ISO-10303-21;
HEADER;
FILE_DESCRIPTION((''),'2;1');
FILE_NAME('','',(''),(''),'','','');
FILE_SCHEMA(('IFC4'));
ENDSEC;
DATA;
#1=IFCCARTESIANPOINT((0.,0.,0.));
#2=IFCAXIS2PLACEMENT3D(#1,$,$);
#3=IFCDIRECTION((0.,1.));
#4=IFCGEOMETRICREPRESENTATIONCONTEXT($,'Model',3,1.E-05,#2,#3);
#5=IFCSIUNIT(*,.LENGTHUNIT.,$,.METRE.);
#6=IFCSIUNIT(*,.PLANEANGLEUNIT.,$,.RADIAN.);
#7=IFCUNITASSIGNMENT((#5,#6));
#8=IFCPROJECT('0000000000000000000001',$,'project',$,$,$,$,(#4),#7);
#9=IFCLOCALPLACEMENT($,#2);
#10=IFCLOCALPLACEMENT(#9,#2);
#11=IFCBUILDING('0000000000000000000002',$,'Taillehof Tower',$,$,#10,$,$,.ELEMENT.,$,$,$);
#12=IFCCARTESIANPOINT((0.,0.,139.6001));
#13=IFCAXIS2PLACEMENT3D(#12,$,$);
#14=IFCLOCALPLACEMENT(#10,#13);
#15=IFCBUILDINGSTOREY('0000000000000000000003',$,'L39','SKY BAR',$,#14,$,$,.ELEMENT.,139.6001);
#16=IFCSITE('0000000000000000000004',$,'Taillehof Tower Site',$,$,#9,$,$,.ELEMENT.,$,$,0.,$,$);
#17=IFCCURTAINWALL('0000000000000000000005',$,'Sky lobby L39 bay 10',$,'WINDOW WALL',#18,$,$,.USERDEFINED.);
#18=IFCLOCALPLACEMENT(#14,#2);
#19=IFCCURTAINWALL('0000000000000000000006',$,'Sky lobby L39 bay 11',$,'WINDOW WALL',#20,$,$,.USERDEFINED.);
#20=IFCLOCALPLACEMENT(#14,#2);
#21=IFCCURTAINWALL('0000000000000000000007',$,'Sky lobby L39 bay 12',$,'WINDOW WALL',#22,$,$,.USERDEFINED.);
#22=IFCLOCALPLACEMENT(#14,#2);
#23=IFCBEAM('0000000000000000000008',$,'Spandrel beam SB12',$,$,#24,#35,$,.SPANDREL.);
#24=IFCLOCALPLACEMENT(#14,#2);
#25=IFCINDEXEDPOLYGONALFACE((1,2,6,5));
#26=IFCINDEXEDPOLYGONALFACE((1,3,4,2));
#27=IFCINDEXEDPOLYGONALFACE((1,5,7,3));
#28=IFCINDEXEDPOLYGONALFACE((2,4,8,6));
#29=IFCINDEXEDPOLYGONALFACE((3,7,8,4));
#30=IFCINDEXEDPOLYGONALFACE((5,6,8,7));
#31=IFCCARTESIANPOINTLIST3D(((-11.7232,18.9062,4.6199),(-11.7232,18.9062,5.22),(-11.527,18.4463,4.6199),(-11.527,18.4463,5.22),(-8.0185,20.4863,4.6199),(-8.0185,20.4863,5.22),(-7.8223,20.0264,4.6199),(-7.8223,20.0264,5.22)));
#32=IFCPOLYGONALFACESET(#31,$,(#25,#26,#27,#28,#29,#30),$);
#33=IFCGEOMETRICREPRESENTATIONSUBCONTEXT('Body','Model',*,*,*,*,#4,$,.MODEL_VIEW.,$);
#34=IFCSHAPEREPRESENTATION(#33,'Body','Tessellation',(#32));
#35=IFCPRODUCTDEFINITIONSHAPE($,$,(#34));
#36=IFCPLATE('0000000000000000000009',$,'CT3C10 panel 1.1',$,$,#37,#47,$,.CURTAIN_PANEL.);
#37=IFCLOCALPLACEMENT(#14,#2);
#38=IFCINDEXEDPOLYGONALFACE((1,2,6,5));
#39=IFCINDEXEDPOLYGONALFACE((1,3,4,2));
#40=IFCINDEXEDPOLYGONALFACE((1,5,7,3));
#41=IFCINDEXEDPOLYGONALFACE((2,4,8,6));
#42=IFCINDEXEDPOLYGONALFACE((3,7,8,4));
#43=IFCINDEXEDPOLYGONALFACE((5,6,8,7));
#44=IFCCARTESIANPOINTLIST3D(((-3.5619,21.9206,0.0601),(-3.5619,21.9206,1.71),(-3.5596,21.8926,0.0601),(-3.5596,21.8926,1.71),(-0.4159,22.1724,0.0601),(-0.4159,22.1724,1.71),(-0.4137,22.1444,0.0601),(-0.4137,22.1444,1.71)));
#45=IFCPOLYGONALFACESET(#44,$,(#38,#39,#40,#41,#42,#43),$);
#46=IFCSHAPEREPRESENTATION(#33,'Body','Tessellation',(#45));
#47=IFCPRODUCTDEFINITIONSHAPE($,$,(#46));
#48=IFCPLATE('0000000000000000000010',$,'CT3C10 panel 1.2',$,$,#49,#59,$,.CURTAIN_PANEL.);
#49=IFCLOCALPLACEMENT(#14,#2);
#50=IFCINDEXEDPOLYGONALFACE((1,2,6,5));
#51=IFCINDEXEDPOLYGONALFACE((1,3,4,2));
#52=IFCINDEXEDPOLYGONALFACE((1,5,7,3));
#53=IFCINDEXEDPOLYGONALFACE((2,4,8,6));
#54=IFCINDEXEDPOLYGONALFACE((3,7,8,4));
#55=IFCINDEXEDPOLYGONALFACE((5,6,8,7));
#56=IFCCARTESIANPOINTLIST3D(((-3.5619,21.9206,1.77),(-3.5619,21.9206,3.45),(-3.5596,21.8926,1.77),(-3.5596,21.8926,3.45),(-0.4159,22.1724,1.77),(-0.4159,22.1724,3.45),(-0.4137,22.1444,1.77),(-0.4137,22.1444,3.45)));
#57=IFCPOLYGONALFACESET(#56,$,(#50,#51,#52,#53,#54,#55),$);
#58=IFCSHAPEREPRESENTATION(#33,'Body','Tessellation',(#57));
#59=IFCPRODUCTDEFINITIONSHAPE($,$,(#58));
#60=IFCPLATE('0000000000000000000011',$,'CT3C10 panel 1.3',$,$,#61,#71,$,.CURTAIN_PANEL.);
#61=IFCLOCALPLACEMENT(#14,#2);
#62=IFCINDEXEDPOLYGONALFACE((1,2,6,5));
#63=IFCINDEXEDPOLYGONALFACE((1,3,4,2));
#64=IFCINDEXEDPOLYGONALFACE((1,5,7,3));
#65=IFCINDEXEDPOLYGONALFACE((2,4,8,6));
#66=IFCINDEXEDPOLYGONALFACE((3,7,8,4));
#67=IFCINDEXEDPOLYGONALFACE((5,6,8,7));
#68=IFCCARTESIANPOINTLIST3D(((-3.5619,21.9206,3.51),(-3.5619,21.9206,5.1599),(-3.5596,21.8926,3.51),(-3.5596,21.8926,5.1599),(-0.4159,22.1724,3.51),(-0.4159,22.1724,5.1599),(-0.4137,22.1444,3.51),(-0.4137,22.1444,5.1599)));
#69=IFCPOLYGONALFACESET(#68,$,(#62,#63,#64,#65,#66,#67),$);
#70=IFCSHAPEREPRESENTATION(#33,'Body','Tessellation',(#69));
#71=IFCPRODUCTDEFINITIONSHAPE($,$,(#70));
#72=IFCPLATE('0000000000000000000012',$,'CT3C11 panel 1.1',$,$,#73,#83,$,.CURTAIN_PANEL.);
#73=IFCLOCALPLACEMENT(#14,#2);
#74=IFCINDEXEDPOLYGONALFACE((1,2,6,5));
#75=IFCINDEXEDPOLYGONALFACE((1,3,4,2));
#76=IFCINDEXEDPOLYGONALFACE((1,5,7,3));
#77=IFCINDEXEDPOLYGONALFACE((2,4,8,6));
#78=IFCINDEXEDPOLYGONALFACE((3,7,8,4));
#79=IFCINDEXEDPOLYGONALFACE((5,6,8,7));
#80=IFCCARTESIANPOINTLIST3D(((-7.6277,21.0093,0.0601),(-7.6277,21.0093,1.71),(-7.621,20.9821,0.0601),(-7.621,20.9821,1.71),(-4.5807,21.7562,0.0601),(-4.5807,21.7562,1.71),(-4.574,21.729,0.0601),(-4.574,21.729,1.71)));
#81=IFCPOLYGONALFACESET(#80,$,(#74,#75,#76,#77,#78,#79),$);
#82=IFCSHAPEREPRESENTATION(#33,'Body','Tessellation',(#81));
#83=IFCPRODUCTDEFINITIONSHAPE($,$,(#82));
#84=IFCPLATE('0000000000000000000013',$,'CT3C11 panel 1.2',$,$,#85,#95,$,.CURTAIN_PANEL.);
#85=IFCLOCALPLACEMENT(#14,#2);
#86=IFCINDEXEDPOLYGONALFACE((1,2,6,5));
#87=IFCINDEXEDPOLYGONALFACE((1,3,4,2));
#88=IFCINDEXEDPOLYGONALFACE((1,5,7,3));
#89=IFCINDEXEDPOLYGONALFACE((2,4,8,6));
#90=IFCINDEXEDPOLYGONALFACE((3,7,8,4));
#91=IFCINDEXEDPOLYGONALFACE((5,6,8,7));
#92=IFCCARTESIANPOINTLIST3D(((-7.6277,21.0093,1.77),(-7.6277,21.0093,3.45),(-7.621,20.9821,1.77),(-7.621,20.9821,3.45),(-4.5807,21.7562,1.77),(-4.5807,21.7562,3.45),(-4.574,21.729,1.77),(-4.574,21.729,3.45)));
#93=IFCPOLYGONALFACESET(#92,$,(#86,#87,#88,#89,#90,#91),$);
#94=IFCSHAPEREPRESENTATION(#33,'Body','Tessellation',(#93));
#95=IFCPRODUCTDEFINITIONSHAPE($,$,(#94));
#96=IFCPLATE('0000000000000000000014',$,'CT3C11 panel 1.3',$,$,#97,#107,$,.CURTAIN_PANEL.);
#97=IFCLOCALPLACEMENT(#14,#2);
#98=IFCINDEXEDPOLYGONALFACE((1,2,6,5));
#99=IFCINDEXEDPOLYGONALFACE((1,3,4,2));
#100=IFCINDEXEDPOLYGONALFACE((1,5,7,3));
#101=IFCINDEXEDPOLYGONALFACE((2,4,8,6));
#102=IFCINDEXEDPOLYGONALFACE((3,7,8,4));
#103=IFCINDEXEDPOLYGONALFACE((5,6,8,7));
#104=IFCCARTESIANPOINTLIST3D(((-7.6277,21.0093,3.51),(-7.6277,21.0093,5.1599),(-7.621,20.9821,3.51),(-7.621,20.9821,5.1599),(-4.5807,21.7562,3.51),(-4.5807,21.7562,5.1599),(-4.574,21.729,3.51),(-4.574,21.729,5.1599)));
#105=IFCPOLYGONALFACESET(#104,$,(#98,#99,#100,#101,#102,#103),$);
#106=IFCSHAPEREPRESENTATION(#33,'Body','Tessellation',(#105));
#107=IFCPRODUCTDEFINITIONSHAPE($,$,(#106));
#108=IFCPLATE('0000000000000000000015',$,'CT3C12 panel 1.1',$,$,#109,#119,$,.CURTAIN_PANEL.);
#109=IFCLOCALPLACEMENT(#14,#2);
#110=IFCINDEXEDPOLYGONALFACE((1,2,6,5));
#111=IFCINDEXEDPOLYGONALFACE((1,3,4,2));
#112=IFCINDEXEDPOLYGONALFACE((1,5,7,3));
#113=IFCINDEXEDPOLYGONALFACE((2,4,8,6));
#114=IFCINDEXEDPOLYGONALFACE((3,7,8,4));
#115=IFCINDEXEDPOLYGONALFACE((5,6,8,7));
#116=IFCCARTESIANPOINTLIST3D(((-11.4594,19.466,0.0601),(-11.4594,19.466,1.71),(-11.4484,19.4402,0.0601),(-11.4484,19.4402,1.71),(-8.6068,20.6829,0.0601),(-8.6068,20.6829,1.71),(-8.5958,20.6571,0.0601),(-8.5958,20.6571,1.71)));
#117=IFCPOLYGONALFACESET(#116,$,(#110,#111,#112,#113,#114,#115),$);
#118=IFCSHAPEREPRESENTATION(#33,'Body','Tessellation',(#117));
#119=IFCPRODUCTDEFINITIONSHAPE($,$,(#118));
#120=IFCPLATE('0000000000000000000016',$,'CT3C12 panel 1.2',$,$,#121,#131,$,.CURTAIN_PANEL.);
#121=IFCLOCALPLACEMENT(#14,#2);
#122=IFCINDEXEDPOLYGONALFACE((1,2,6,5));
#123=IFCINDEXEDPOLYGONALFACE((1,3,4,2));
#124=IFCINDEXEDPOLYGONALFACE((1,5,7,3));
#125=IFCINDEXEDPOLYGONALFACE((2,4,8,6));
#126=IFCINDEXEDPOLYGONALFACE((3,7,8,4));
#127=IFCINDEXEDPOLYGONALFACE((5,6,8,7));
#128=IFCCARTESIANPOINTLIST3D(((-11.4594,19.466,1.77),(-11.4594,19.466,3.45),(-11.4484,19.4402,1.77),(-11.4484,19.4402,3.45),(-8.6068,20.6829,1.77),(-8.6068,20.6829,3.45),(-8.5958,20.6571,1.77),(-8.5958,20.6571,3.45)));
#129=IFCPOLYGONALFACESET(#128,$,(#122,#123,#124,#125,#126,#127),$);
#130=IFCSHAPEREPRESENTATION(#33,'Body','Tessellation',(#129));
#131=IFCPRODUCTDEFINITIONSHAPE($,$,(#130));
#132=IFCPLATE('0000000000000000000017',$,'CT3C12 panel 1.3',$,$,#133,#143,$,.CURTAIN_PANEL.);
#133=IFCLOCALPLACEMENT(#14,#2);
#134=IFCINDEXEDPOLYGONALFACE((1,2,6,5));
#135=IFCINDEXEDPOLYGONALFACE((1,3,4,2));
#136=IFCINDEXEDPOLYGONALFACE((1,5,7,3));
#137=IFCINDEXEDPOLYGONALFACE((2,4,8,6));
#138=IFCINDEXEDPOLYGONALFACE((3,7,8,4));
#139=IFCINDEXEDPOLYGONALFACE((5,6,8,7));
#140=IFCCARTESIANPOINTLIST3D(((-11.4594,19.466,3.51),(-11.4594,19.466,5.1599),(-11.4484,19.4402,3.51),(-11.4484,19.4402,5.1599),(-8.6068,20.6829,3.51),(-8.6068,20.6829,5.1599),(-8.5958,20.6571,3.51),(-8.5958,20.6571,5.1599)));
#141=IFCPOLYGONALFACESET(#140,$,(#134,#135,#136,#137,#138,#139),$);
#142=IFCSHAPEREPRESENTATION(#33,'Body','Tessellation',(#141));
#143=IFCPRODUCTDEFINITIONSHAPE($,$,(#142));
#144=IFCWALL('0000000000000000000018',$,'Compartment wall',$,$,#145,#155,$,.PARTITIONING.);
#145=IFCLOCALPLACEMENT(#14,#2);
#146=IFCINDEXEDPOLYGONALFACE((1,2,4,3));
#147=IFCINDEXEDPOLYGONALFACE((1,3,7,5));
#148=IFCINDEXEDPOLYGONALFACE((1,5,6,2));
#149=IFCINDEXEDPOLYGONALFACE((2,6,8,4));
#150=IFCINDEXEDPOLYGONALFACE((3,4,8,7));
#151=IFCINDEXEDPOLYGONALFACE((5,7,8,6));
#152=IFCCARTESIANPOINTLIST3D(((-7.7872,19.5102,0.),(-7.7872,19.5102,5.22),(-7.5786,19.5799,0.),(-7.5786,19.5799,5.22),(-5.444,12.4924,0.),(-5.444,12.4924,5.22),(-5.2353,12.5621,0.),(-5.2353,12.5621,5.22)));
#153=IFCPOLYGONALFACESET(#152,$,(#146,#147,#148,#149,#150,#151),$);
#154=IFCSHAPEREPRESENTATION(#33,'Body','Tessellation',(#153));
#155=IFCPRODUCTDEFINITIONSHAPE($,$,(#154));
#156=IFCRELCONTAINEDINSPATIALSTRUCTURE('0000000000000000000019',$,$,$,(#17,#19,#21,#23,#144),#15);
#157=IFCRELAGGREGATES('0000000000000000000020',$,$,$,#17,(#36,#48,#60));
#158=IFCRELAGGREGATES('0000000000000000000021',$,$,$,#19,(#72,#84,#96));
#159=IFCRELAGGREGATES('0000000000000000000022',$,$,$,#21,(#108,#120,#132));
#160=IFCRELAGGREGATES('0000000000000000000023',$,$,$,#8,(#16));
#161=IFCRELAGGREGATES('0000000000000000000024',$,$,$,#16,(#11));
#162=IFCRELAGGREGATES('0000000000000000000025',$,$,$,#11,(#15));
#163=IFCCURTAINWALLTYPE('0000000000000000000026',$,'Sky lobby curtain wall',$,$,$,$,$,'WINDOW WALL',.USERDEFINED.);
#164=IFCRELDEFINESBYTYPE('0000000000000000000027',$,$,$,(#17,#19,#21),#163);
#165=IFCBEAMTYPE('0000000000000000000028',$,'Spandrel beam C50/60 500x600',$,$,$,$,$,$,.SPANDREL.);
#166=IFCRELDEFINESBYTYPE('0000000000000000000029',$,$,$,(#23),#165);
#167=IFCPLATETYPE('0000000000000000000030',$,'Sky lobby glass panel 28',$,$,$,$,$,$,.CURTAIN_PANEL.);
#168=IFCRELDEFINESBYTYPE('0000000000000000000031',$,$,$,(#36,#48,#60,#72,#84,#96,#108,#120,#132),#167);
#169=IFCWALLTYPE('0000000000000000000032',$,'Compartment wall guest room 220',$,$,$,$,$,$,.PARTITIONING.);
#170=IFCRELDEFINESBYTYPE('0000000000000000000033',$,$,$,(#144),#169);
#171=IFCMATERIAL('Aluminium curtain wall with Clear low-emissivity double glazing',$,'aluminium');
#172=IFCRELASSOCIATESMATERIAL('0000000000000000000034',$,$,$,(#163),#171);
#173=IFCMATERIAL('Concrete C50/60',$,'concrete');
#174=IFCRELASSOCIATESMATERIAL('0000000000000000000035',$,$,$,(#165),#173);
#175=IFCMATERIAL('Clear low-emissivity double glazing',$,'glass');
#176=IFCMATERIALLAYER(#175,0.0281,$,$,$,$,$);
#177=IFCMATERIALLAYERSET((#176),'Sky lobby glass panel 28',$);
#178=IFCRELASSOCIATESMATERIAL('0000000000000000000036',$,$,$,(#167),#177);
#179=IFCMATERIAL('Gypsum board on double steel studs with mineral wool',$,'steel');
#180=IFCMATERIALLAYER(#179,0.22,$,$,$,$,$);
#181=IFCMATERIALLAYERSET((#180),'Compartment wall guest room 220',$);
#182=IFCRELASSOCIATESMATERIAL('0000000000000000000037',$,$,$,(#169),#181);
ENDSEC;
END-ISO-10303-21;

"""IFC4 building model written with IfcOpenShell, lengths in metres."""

from ifc_helpers import new_model, si_unit, direction, frame, frame_2d, origin, origin_2d, place, context, subcontext, project, spatial, rectangle, extrude, material, layer, layer_set, material_profile, profile_set, type_object, element, aggregate, save


model = new_model("IFC4")

# Units and contexts
model_context = context("Model", 3, precision=1e-05, world=origin(), true_north=direction((0.0, 1.0)))
body_context = subcontext(model_context, "Body", "Model", "MODEL_VIEW")
ifc_project = project(units=[si_unit("LENGTHUNIT", "METRE"), si_unit("PLANEANGLEUNIT", "RADIAN")], contexts=[model_context])

# Site, building, storey
site_placement = place(None, origin())
site = spatial("IfcSite", under=ifc_project, at=site_placement, Name="Taillehof Tower Site", CompositionType="ELEMENT", RefElevation=0.0)
building_placement = place(site_placement, origin())
building = spatial("IfcBuilding", under=site, at=building_placement, Name="Taillehof Tower", CompositionType="ELEMENT")
storey_placement = place(building_placement, frame((0.0, 0.0, 139.6001)))
storey = spatial("IfcBuildingStorey", under=building, at=storey_placement, Name="L39", Description="SKY BAR", CompositionType="ELEMENT", Elevation=139.6001)

# Curtain walls
ifc_material_1 = material(Name="Aluminium curtain wall with Clear low-emissivity double glazing", Category="aluminium")
curtain_wall_type = type_object("IfcCurtainWallType", Name="Sky lobby curtain wall", ElementType="WINDOW WALL", PredefinedType="USERDEFINED", material=ifc_material_1)
curtain_wall_1_placement = place(storey_placement, origin())
curtain_wall_1 = element("IfcCurtainWall", 1, at=curtain_wall_1_placement, inside=storey, type_object=curtain_wall_type, Name="Sky lobby L39 bay 10", ObjectType="WINDOW WALL", PredefinedType="USERDEFINED")
curtain_wall_2_placement = place(storey_placement, origin())
curtain_wall_2 = element("IfcCurtainWall", 2, at=curtain_wall_2_placement, inside=storey, type_object=curtain_wall_type, Name="Sky lobby L39 bay 11", ObjectType="WINDOW WALL", PredefinedType="USERDEFINED")
curtain_wall_3_placement = place(storey_placement, origin())
curtain_wall_3 = element("IfcCurtainWall", 3, at=curtain_wall_3_placement, inside=storey, type_object=curtain_wall_type, Name="Sky lobby L39 bay 12", ObjectType="WINDOW WALL", PredefinedType="USERDEFINED")

# Beam
ifc_material_2 = material(Name="Concrete C50/60", Category="concrete")
ifc_material_profile_1 = material_profile(ifc_material_2, rectangle(XDim=0.5, YDim=0.6001, at=origin_2d()), Name="RC 500x600")
ifc_profile_set_1 = profile_set([ifc_material_profile_1], Name="Concrete C50/60")
beam_type_1 = type_object("IfcBeamType", Name="Spandrel beam C50/60 500x600", PredefinedType="SPANDREL", material=ifc_profile_set_1)
beam_1_placement = place(storey_placement, frame((-7.9204, 20.2563, 4.9199), z_axis=(-0.919827, -0.392324, 0.0), x_axis=(0.392324, -0.919827, 0.0)))
element("IfcBeam", 4, at=beam_1_placement, inside=storey, type_object=beam_type_1, Name="Spandrel beam SB12", PredefinedType="SPANDREL", context=body_context, shape_type="SweptSolid", body=[
    extrude(rectangle(XDim=0.5, YDim=0.6001, at=origin_2d()), origin(), (0.0, 0.0, 1.0), 4.0276),
])

# Plates
ifc_material_3 = material(Name="Clear low-emissivity double glazing", Category="glass")
ifc_layer_1 = layer(ifc_material_3, 0.0281)
ifc_layer_set_1 = layer_set([ifc_layer_1], Name="Sky lobby glass panel 28")
plate_type = type_object("IfcPlateType", Name="Sky lobby glass panel 28", PredefinedType="CURTAIN_PANEL", material=ifc_layer_set_1)
plate_1_placement = place(storey_placement, frame((-1.9878, 22.0325, 0.0601), z_axis=(0.0, 0.0, 1.0), x_axis=(-0.996812, -0.079781, 0.0)))
plate_1 = element("IfcPlate", 5, at=plate_1_placement, type_object=plate_type, Name="CT3C10 panel 1.1", PredefinedType="CURTAIN_PANEL", context=body_context, shape_type="SweptSolid", body=[
    extrude(rectangle(XDim=3.156, YDim=0.0281, at=origin_2d()), origin(), (0.0, 0.0, 1.0), 1.6499),
])
plate_2_placement = place(storey_placement, frame((-1.9878, 22.0325, 1.77), z_axis=(0.0, 0.0, 1.0), x_axis=(-0.996812, -0.079781, 0.0)))
plate_2 = element("IfcPlate", 6, at=plate_2_placement, type_object=plate_type, Name="CT3C10 panel 1.2", PredefinedType="CURTAIN_PANEL", context=body_context, shape_type="SweptSolid", body=[
    extrude(rectangle(XDim=3.156, YDim=0.0281, at=origin_2d()), origin(), (0.0, 0.0, 1.0), 1.6799),
])
plate_3_placement = place(storey_placement, frame((-1.9878, 22.0325, 3.51), z_axis=(0.0, 0.0, 1.0), x_axis=(-0.996812, -0.079781, 0.0)))
plate_3 = element("IfcPlate", 7, at=plate_3_placement, type_object=plate_type, Name="CT3C10 panel 1.3", PredefinedType="CURTAIN_PANEL", context=body_context, shape_type="SweptSolid", body=[
    extrude(rectangle(XDim=3.156, YDim=0.0281, at=origin_2d()), origin(), (0.0, 0.0, 1.0), 1.6499),
])
aggregate(curtain_wall_1, [plate_1, plate_2, plate_3])
plate_4_placement = place(storey_placement, frame((-6.1008, 21.3691, 0.0601), z_axis=(0.0, 0.0, 1.0), x_axis=(-0.971246, -0.238077, 0.0)))
plate_4 = element("IfcPlate", 8, at=plate_4_placement, type_object=plate_type, Name="CT3C11 panel 1.1", PredefinedType="CURTAIN_PANEL", context=body_context, shape_type="SweptSolid", body=[
    extrude(rectangle(XDim=3.1372, YDim=0.0281, at=origin_2d()), origin(), (0.0, 0.0, 1.0), 1.6499),
])
plate_5_placement = place(storey_placement, frame((-6.1008, 21.3691, 1.77), z_axis=(0.0, 0.0, 1.0), x_axis=(-0.971246, -0.238077, 0.0)))
plate_5 = element("IfcPlate", 9, at=plate_5_placement, type_object=plate_type, Name="CT3C11 panel 1.2", PredefinedType="CURTAIN_PANEL", context=body_context, shape_type="SweptSolid", body=[
    extrude(rectangle(XDim=3.1372, YDim=0.0281, at=origin_2d()), origin(), (0.0, 0.0, 1.0), 1.6799),
])
plate_6_placement = place(storey_placement, frame((-6.1008, 21.3691, 3.51), z_axis=(0.0, 0.0, 1.0), x_axis=(-0.971246, -0.238077, 0.0)))
plate_6 = element("IfcPlate", 10, at=plate_6_placement, type_object=plate_type, Name="CT3C11 panel 1.3", PredefinedType="CURTAIN_PANEL", context=body_context, shape_type="SweptSolid", body=[
    extrude(rectangle(XDim=3.1372, YDim=0.0281, at=origin_2d()), origin(), (0.0, 0.0, 1.0), 1.6499),
])
aggregate(curtain_wall_2, [plate_4, plate_5, plate_6])
plate_7_placement = place(storey_placement, frame((-10.0276, 20.0615, 0.0601), z_axis=(0.0, 0.0, 1.0), x_axis=(-0.919804, -0.392379, 0.0)))
plate_7 = element("IfcPlate", 11, at=plate_7_placement, type_object=plate_type, Name="CT3C12 panel 1.1", PredefinedType="CURTAIN_PANEL", context=body_context, shape_type="SweptSolid", body=[
    extrude(rectangle(XDim=3.1013, YDim=0.0281, at=origin_2d()), origin(), (0.0, 0.0, 1.0), 1.6499),
])
plate_8_placement = place(storey_placement, frame((-10.0276, 20.0615, 1.77), z_axis=(0.0, 0.0, 1.0), x_axis=(-0.919804, -0.392379, 0.0)))
plate_8 = element("IfcPlate", 12, at=plate_8_placement, type_object=plate_type, Name="CT3C12 panel 1.2", PredefinedType="CURTAIN_PANEL", context=body_context, shape_type="SweptSolid", body=[
    extrude(rectangle(XDim=3.1013, YDim=0.0281, at=origin_2d()), origin(), (0.0, 0.0, 1.0), 1.6799),
])
plate_9_placement = place(storey_placement, frame((-10.0276, 20.0615, 3.51), z_axis=(0.0, 0.0, 1.0), x_axis=(-0.919804, -0.392379, 0.0)))
plate_9 = element("IfcPlate", 13, at=plate_9_placement, type_object=plate_type, Name="CT3C12 panel 1.3", PredefinedType="CURTAIN_PANEL", context=body_context, shape_type="SweptSolid", body=[
    extrude(rectangle(XDim=3.1013, YDim=0.0281, at=origin_2d()), origin(), (0.0, 0.0, 1.0), 1.6499),
])
aggregate(curtain_wall_3, [plate_7, plate_8, plate_9])

# Wall
ifc_material_4 = material(Name="Gypsum board on double steel studs with mineral wool", Category="steel")
ifc_layer_2 = layer(ifc_material_4, 0.22)
ifc_layer_set_2 = layer_set([ifc_layer_2], Name="Compartment wall guest room 220")
wall_type = type_object("IfcWallType", Name="Compartment wall guest room 220", PredefinedType="PARTITIONING", material=ifc_layer_set_2)
wall_placement = place(storey_placement, frame((-7.6829, 19.5449, 0.0), z_axis=(0.0, 0.0, 1.0), x_axis=(0.316713, -0.948521, 0.0)))
element("IfcWall", 14, at=wall_placement, inside=storey, type_object=wall_type, Name="Compartment wall", PredefinedType="PARTITIONING", context=body_context, shape_type="SweptSolid", body=[
    extrude(rectangle(XDim=7.3987, YDim=0.22, at=frame_2d((3.6992, 0.0))), origin(), (0.0, 0.0, 1.0), 5.22),
])

save(model, "model.ifc")
